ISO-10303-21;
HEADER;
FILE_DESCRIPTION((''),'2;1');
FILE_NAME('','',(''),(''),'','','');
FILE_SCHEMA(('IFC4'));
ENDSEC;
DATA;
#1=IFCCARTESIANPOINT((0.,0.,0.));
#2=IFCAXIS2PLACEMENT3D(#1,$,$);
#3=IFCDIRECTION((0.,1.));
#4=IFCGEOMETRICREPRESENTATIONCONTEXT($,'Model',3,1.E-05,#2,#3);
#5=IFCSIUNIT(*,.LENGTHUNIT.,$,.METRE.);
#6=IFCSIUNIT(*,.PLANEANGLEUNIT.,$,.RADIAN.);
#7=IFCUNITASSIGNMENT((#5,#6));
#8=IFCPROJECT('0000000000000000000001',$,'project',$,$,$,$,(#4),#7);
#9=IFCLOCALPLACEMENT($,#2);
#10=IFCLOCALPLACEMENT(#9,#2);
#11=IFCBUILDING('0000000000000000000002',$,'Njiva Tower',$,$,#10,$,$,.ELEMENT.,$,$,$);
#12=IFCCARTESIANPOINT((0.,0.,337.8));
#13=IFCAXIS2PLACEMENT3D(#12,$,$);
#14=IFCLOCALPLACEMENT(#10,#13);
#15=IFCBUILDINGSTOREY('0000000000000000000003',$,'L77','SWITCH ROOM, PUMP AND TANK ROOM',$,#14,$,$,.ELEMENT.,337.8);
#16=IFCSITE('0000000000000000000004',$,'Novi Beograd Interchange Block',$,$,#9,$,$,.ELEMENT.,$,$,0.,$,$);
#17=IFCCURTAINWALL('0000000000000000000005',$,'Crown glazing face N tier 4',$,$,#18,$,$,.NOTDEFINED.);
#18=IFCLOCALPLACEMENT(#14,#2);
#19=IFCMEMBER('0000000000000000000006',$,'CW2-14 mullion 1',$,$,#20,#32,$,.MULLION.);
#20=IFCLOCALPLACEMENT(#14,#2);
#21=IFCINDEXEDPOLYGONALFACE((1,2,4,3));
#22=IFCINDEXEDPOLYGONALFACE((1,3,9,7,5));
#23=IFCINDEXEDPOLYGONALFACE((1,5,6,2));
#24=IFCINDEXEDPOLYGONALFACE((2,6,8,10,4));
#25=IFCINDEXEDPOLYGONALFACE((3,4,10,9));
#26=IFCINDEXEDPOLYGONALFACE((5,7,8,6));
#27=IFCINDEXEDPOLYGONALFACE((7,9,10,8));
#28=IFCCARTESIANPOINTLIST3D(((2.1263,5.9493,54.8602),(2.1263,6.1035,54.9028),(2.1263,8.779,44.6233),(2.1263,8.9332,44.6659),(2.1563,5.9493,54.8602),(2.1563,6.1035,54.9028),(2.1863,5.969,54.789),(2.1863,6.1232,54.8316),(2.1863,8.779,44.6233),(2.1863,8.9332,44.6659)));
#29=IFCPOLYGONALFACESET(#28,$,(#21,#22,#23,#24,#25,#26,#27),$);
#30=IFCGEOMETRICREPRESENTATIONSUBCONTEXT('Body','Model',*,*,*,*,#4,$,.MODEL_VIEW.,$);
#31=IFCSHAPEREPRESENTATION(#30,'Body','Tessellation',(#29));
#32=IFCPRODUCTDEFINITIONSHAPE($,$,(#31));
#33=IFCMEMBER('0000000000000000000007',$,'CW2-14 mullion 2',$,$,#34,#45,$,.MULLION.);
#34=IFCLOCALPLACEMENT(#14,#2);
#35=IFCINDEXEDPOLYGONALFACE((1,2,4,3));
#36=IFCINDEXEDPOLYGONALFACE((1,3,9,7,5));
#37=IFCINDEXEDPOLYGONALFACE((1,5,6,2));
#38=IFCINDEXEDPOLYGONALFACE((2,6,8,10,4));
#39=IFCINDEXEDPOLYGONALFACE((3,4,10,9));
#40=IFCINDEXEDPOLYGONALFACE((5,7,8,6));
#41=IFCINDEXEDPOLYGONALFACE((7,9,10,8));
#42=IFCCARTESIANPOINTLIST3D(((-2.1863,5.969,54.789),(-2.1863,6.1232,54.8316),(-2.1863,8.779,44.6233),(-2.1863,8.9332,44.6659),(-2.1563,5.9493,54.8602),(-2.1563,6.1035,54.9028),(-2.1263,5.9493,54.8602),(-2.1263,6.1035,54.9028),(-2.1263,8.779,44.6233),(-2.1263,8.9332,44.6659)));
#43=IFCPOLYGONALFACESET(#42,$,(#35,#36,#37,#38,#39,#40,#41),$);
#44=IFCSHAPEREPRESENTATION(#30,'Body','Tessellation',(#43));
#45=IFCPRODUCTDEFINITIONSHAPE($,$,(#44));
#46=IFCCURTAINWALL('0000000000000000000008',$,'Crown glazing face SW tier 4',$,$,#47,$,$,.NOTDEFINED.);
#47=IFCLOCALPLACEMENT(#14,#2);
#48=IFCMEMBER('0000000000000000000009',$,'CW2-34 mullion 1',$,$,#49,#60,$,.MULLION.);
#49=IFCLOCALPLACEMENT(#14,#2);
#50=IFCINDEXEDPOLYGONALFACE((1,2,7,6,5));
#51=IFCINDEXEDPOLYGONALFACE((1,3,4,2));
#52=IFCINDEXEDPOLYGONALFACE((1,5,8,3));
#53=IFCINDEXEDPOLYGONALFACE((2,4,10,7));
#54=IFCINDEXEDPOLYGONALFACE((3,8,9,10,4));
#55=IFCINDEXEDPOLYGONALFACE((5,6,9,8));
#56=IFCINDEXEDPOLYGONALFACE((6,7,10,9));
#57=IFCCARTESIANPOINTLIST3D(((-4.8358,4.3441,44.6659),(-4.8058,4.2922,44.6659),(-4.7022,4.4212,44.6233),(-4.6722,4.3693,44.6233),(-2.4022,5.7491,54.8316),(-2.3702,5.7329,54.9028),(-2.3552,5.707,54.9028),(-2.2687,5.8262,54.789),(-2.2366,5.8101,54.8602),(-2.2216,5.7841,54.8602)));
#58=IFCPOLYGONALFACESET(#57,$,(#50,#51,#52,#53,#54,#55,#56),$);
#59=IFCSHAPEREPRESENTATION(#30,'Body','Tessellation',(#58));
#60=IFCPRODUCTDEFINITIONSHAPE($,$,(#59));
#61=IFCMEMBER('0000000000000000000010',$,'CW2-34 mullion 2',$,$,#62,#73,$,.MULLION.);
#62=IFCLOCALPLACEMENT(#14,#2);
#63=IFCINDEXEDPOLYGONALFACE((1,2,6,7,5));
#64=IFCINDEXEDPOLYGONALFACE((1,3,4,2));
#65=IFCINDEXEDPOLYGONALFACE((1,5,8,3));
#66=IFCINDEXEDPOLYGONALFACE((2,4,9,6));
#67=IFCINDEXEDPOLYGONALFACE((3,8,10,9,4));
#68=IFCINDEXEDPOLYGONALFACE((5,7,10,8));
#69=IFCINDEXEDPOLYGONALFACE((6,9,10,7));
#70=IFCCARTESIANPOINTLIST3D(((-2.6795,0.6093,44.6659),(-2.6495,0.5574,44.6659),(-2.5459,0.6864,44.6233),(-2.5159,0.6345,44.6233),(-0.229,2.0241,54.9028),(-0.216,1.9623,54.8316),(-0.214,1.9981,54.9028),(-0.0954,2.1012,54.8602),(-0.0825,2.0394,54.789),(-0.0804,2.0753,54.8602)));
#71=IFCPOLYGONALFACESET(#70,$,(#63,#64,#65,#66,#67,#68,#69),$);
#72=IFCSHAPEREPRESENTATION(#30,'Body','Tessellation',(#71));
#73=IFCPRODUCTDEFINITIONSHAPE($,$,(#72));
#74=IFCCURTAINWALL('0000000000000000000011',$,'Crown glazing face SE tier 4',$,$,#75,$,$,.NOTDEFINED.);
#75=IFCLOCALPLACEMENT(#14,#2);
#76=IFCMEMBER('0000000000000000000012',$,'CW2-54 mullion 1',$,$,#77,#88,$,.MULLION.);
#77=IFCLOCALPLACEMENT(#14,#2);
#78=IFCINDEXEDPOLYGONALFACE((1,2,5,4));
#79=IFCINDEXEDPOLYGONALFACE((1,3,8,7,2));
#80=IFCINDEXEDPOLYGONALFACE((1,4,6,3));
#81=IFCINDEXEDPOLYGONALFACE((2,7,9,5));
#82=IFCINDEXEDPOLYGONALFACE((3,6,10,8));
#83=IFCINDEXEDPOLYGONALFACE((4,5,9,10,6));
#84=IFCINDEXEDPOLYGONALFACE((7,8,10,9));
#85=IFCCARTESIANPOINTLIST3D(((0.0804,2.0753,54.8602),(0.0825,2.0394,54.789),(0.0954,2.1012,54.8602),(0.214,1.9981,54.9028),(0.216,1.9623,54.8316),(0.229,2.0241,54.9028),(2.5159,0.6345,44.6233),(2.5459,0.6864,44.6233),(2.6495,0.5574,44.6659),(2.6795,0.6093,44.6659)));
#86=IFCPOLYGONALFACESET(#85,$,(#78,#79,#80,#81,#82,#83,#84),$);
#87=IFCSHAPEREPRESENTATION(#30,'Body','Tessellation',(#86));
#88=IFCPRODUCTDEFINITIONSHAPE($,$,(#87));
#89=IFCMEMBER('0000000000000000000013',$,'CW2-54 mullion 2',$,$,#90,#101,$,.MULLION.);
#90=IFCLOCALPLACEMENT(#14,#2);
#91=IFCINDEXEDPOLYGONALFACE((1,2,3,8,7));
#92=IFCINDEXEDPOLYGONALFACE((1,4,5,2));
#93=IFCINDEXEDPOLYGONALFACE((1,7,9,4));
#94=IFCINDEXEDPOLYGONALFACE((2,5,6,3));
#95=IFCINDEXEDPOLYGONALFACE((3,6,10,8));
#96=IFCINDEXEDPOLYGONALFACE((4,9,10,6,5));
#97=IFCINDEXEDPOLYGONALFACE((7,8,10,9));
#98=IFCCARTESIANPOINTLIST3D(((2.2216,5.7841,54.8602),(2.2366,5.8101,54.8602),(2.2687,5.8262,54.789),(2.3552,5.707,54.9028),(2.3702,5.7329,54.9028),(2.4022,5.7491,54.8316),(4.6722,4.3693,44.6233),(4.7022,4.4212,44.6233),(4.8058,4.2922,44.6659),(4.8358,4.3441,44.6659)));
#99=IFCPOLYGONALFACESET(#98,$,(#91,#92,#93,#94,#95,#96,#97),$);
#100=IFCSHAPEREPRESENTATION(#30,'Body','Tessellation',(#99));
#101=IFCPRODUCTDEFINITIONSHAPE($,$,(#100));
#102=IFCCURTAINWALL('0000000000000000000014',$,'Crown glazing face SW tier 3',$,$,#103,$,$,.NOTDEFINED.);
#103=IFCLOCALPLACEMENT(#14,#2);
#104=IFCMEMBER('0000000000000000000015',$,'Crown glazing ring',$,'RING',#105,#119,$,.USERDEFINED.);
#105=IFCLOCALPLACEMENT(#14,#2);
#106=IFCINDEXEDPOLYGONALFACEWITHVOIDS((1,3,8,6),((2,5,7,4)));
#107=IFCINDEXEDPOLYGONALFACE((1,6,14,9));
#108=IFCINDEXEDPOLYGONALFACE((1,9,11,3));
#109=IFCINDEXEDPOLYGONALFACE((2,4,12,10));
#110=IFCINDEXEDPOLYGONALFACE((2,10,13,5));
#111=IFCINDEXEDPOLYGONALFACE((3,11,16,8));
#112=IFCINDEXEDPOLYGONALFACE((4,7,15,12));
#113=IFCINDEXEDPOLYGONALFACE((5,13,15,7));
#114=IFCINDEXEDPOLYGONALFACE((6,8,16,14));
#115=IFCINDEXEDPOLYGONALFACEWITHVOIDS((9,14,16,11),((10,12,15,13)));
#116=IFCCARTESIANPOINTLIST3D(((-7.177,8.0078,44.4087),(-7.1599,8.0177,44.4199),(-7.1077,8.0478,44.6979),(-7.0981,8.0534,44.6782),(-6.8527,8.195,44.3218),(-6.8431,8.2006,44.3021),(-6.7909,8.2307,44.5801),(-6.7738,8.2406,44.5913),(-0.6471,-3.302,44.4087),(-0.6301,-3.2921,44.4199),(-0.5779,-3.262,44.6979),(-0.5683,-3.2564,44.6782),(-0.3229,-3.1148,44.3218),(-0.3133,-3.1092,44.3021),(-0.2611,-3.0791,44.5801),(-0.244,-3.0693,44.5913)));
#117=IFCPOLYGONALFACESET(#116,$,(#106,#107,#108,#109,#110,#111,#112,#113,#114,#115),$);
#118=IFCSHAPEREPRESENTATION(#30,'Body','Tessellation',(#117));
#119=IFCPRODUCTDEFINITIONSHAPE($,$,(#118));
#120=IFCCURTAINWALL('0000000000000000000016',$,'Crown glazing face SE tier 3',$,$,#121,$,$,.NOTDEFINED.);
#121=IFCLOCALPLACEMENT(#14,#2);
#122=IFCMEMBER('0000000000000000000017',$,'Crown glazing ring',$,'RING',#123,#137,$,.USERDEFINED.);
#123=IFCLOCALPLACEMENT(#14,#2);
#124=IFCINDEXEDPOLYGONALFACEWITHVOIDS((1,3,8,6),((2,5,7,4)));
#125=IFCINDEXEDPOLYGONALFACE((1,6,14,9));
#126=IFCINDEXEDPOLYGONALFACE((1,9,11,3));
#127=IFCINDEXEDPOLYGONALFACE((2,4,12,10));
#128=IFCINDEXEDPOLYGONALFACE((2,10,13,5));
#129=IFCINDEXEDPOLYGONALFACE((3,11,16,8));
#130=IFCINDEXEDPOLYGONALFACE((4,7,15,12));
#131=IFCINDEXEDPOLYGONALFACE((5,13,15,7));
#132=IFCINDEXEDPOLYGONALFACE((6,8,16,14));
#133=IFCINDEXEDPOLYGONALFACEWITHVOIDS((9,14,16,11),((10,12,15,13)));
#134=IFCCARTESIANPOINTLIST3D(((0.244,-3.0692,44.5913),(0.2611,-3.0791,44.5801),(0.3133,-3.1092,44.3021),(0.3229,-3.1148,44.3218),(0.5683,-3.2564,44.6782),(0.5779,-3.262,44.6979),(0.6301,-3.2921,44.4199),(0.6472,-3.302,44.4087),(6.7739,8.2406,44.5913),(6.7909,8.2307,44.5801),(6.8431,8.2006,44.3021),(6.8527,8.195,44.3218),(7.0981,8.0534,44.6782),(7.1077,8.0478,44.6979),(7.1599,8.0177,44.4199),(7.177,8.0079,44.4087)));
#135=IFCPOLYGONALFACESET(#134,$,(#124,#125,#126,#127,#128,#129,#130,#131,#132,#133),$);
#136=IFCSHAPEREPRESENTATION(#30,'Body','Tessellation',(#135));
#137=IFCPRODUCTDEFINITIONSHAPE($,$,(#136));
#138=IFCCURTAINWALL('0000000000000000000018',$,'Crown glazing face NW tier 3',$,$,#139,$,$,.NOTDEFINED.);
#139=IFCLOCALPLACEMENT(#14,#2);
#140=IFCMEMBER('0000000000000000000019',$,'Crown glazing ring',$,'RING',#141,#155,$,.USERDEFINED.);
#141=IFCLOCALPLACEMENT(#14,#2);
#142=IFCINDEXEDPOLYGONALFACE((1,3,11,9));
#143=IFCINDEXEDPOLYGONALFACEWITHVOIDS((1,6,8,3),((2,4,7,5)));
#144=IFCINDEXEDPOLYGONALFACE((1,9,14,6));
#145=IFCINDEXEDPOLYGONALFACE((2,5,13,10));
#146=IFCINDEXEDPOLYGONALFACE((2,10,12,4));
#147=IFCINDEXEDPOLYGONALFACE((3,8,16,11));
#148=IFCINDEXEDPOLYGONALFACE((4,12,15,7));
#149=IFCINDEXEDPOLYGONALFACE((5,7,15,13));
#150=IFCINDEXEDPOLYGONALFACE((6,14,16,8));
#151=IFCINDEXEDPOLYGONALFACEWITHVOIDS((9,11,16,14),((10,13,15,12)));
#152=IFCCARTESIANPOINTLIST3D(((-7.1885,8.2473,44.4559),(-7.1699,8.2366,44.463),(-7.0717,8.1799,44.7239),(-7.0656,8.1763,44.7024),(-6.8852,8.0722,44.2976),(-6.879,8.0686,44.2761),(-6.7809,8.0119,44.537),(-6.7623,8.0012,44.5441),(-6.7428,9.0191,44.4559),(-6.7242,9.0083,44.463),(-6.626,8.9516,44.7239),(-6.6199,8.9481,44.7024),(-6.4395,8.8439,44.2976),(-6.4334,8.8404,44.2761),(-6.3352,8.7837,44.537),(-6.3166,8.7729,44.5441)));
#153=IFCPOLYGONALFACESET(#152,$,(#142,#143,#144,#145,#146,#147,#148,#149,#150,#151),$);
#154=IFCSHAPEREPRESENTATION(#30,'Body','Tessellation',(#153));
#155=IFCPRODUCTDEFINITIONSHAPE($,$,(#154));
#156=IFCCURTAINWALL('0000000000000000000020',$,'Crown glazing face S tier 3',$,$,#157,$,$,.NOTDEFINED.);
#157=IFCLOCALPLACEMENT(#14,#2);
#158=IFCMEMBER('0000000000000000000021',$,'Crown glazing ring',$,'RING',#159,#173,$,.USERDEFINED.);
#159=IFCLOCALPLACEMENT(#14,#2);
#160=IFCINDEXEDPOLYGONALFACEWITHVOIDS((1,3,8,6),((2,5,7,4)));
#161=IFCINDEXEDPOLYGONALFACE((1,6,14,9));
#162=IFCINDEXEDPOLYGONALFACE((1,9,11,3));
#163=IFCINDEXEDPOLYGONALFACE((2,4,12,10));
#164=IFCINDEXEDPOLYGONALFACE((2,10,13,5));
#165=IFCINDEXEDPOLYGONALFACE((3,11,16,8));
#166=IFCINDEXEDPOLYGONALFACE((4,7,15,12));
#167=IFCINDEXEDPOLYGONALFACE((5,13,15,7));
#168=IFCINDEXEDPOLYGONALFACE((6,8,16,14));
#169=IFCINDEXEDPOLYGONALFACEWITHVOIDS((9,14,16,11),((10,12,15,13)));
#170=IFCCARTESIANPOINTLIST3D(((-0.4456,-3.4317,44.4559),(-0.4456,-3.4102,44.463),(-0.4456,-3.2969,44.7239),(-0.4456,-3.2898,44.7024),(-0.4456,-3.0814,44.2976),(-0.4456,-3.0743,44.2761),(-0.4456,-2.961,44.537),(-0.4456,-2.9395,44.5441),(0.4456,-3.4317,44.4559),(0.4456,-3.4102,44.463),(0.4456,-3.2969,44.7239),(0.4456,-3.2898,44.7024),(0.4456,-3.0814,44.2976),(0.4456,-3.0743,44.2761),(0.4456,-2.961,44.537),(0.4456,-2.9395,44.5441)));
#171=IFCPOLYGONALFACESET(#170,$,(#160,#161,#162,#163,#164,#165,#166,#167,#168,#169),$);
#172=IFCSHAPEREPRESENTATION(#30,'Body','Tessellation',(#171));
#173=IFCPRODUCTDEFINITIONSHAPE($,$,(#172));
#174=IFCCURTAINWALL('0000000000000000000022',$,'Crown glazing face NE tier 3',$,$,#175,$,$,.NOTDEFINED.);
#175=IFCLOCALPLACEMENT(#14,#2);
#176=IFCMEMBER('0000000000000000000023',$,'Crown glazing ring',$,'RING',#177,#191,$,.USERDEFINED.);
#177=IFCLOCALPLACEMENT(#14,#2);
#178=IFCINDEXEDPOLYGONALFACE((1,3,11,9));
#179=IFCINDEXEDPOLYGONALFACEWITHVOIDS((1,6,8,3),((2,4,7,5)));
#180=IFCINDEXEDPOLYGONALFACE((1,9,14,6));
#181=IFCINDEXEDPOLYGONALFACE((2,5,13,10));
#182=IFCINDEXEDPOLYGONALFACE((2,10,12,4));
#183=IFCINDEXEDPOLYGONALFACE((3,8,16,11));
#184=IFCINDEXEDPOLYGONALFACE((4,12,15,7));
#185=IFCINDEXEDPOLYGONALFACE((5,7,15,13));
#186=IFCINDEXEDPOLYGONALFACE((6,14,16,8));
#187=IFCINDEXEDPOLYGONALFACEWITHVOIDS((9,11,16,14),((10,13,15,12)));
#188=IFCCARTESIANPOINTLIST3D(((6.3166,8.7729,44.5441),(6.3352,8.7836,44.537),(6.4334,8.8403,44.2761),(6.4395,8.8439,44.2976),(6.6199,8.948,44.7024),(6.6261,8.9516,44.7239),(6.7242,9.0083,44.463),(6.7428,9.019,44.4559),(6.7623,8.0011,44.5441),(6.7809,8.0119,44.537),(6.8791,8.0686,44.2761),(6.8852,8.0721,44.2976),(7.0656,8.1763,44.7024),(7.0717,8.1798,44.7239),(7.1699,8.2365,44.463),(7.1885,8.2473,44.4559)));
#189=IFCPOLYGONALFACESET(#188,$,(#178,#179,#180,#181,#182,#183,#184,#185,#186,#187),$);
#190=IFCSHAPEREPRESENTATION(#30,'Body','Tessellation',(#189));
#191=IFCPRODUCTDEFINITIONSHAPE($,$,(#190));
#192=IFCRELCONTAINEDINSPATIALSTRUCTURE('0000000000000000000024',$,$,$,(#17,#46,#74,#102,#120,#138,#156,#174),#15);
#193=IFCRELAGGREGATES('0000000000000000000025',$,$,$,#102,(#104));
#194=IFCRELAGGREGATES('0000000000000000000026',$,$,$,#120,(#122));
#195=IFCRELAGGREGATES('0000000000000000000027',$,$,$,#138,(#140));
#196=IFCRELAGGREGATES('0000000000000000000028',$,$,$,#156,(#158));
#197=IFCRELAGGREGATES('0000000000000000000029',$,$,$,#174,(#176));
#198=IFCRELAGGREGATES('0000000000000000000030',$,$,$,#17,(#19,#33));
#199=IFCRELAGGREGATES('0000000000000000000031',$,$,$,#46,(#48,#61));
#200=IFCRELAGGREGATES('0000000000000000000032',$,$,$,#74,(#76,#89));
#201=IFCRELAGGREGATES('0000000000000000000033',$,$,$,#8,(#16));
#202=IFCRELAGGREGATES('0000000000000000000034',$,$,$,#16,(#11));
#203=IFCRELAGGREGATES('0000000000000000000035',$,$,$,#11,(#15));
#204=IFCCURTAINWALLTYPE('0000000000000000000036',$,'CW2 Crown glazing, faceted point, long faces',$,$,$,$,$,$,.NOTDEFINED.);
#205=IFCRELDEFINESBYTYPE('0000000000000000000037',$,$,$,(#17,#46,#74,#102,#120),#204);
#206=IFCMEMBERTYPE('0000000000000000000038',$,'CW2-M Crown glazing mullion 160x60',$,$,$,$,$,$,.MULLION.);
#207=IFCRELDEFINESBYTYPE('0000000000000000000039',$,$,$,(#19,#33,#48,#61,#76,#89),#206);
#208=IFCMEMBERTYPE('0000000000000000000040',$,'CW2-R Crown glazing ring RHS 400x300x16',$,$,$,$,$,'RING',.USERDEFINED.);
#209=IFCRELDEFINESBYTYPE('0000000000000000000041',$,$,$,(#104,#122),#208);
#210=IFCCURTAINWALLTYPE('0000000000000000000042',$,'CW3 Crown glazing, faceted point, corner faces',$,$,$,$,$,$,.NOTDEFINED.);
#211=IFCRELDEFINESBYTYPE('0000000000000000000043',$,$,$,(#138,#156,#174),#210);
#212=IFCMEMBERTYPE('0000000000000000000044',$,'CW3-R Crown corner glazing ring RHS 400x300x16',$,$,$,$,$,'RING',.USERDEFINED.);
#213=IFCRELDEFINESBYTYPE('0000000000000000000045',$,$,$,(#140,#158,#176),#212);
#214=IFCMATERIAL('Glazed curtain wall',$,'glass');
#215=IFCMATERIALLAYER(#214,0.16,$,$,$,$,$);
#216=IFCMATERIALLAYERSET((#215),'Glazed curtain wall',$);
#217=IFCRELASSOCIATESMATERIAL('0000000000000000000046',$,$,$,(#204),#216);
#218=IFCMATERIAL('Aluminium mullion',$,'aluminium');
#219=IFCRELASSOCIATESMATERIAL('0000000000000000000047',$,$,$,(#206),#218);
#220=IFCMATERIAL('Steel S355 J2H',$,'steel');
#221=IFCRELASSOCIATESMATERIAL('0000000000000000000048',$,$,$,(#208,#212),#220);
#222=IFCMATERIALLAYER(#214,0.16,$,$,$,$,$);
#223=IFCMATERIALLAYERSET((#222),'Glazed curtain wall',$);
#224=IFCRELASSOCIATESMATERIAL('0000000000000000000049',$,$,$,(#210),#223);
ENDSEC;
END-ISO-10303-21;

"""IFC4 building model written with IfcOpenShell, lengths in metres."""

from ifc_helpers import new_model, si_unit, direction, frame, origin, origin_2d, place, context, subcontext, project, spatial, rectangle, hollow_rectangle, extrude, clip, halfspace, material, layer, layer_set, material_profile, profile_set, type_object, element, aggregate, save


model = new_model("IFC4")

# Units and contexts
model_context = context("Model", 3, precision=1e-05, world=origin(), true_north=direction((0.0, 1.0)))
body_context = subcontext(model_context, "Body", "Model", "MODEL_VIEW")
ifc_project = project(units=[si_unit("LENGTHUNIT", "METRE"), si_unit("PLANEANGLEUNIT", "RADIAN")], contexts=[model_context])

# Site, building, storey
site_placement = place(None, origin())
site = spatial("IfcSite", under=ifc_project, at=site_placement, Name="Novi Beograd Interchange Block", CompositionType="ELEMENT", RefElevation=0.0)
building_placement = place(site_placement, origin())
building = spatial("IfcBuilding", under=site, at=building_placement, Name="Njiva Tower", CompositionType="ELEMENT")
storey_placement = place(building_placement, frame((0.0, 0.0, 337.8)))
storey = spatial("IfcBuildingStorey", under=building, at=storey_placement, Name="L77", Description="SWITCH ROOM, PUMP AND TANK ROOM", CompositionType="ELEMENT", Elevation=337.8)

# Curtain walls, members
ifc_material_1 = material(Name="Glazed curtain wall", Category="glass")
ifc_layer_1 = layer(ifc_material_1, 0.16)
ifc_layer_set_1 = layer_set([ifc_layer_1], Name="Glazed curtain wall")
curtain_wall_type_1 = type_object("IfcCurtainWallType", Name="CW2 Crown glazing, faceted point, long faces", PredefinedType="NOTDEFINED", material=ifc_layer_set_1)
curtain_wall_1_placement = place(storey_placement, origin())
curtain_wall_1 = element("IfcCurtainWall", 1, at=curtain_wall_1_placement, inside=storey, type_object=curtain_wall_type_1, Name="Crown glazing face N tier 4", PredefinedType="NOTDEFINED")
ifc_material_2 = material(Name="Aluminium mullion", Category="aluminium")
ifc_material_profile_1 = material_profile(ifc_material_2, rectangle(XDim=0.16, YDim=0.06, at=origin_2d()), Name="RECT 160x60")
ifc_profile_set_1 = profile_set([ifc_material_profile_1], Name="Aluminium mullion")
member_type_1 = type_object("IfcMemberType", Name="CW2-M Crown glazing mullion 160x60", PredefinedType="MULLION", material=ifc_profile_set_1)
member_1_placement = place(storey_placement, frame((2.1563, 8.8561, 44.6446), z_axis=(0.0, -0.26643, 0.963854), x_axis=(0.0, 0.963854, 0.26643)))
member_1 = element("IfcMember", 2, at=member_1_placement, type_object=member_type_1, Name="CW2-14 mullion 1", PredefinedType="MULLION", context=body_context, shape_type="Clipping", body=[
    clip(clip(extrude(rectangle(XDim=0.16, YDim=0.06, at=origin_2d()), origin(), (0.0, 0.0, 1.0), 10.6208), halfspace(frame((0.08, 0.0, 0.0), z_axis=(-0.000002, 0.0, -1.0), x_axis=(0.0, -1.0, 0.0)), False)), halfspace(frame((0.08, 0.0, 10.6208), z_axis=(0.000001, -0.926532, 0.376215), x_axis=(0.0, 0.376215, 0.926532)), False)),
])
member_2_placement = place(storey_placement, frame((-2.1563, 8.8561, 44.6446), z_axis=(0.0, -0.26643, 0.963854), x_axis=(0.0, 0.963854, 0.26643)))
member_2 = element("IfcMember", 3, at=member_2_placement, type_object=member_type_1, Name="CW2-14 mullion 2", PredefinedType="MULLION", context=body_context, shape_type="Clipping", body=[
    clip(clip(extrude(rectangle(XDim=0.16, YDim=0.06, at=origin_2d()), origin(), (0.0, 0.0, 1.0), 10.6208), halfspace(frame((0.08, 0.0, 0.0), z_axis=(-0.000002, 0.0, -1.0), x_axis=(0.0, -1.0, 0.0)), False)), halfspace(frame((0.08, 0.0, 10.6208), z_axis=(0.000001, 0.926532, 0.376215), x_axis=(0.0, 0.376215, -0.926532)), False)),
])
curtain_wall_2_placement = place(storey_placement, origin())
curtain_wall_2 = element("IfcCurtainWall", 4, at=curtain_wall_2_placement, inside=storey, type_object=curtain_wall_type_1, Name="Crown glazing face SW tier 4", PredefinedType="NOTDEFINED")
member_3_placement = place(storey_placement, frame((-4.754, 4.3567, 44.6446), z_axis=(0.230736, 0.13321, 0.963855), x_axis=(-0.834731, -0.481913, 0.266429)))
member_3 = element("IfcMember", 5, at=member_3_placement, type_object=member_type_1, Name="CW2-34 mullion 1", PredefinedType="MULLION", context=body_context, shape_type="Clipping", body=[
    clip(clip(extrude(rectangle(XDim=0.16, YDim=0.06, at=origin_2d()), origin(), (0.0, 0.0, 1.0), 10.6208), halfspace(frame((0.08, 0.0, 0.0), z_axis=(0.0, 0.000004, -1.0), x_axis=(0.0, -1.0, -0.000004)), False)), halfspace(frame((0.08, 0.0, 10.6208), z_axis=(0.000015, -0.926534, 0.376211), x_axis=(0.0, 0.376211, 0.926534)), False)),
])
member_4_placement = place(storey_placement, frame((-2.5977, 0.6219, 44.6446), z_axis=(0.230727, 0.133211, 0.963857), x_axis=(-0.834724, -0.481929, 0.266421)))
member_4 = element("IfcMember", 6, at=member_4_placement, type_object=member_type_1, Name="CW2-34 mullion 2", PredefinedType="MULLION", context=body_context, shape_type="Clipping", body=[
    clip(clip(extrude(rectangle(XDim=0.16, YDim=0.06, at=origin_2d()), origin(), (0.0, 0.0, 1.0), 10.6208), halfspace(frame((0.08, 0.0, 0.0), z_axis=(0.000008, 0.0, -1.0), x_axis=(0.0, -1.0, 0.0)), False)), halfspace(frame((0.08, 0.0, 10.6208), z_axis=(-0.000002, 0.926532, 0.376215), x_axis=(0.0, 0.376215, -0.926532)), False)),
])
curtain_wall_3_placement = place(storey_placement, origin())
curtain_wall_3 = element("IfcCurtainWall", 7, at=curtain_wall_3_placement, inside=storey, type_object=curtain_wall_type_1, Name="Crown glazing face SE tier 4", PredefinedType="NOTDEFINED")
member_5_placement = place(storey_placement, frame((2.5977, 0.6219, 44.6446), z_axis=(-0.230727, 0.133211, 0.963857), x_axis=(0.834724, -0.481929, 0.266421)))
member_5 = element("IfcMember", 8, at=member_5_placement, type_object=member_type_1, Name="CW2-54 mullion 1", PredefinedType="MULLION", context=body_context, shape_type="Clipping", body=[
    clip(clip(extrude(rectangle(XDim=0.16, YDim=0.06, at=origin_2d()), origin(), (0.0, 0.0, 1.0), 10.6208), halfspace(frame((0.08, 0.0, 0.0), z_axis=(0.000008, 0.0, -1.0), x_axis=(0.0, -1.0, 0.0)), False)), halfspace(frame((0.08, 0.0, 10.6208), z_axis=(-0.000002, -0.926532, 0.376215), x_axis=(0.0, 0.376215, 0.926532)), False)),
])
member_6_placement = place(storey_placement, frame((4.754, 4.3567, 44.6446), z_axis=(-0.230736, 0.13321, 0.963855), x_axis=(0.834731, -0.481913, 0.266429)))
member_6 = element("IfcMember", 9, at=member_6_placement, type_object=member_type_1, Name="CW2-54 mullion 2", PredefinedType="MULLION", context=body_context, shape_type="Clipping", body=[
    clip(clip(extrude(rectangle(XDim=0.16, YDim=0.06, at=origin_2d()), origin(), (0.0, 0.0, 1.0), 10.6208), halfspace(frame((0.08, 0.0, 0.0), z_axis=(0.0, -0.000004, -1.0), x_axis=(0.0, -1.0, 0.000004)), False)), halfspace(frame((0.08, 0.0, 10.6208), z_axis=(0.000015, 0.926534, 0.376211), x_axis=(0.0, 0.376211, -0.926534)), False)),
])

# Curtain walls, members
curtain_wall_4_placement = place(storey_placement, origin())
curtain_wall_4 = element("IfcCurtainWall", 10, at=curtain_wall_4_placement, inside=storey, type_object=curtain_wall_type_1, Name="Crown glazing face SW tier 3", PredefinedType="NOTDEFINED")
ifc_material_3 = material(Name="Steel S355 J2H", Category="steel")
ifc_material_profile_2 = material_profile(ifc_material_3, hollow_rectangle(XDim=0.3, YDim=0.4, WallThickness=0.016, at=origin_2d()), Name="BOX 400x300x16")
ifc_profile_set_2 = profile_set([ifc_material_profile_2], Name="Steel S355 J2H")
member_type_2 = type_object("IfcMemberType", Name="CW2-R Crown glazing ring RHS 400x300x16", ElementType="RING", PredefinedType="USERDEFINED", material=ifc_profile_set_2)
member_7_placement = place(storey_placement, frame((-6.9754, 8.1242, 44.5), z_axis=(0.500005, -0.866023, 0.0), x_axis=(0.230733, 0.133216, 0.963855)))
member_7 = element("IfcMember", 11, at=member_7_placement, type_object=member_type_2, Name="Crown glazing ring", ObjectType="RING", PredefinedType="USERDEFINED", context=body_context, shape_type="SweptSolid", body=[
    extrude(hollow_rectangle(XDim=0.3, YDim=0.4, WallThickness=0.016, at=origin_2d()), origin(), (0.0, 0.0, 1.0), 13.0595),
])
aggregate(curtain_wall_4, [member_7])
curtain_wall_5_placement = place(storey_placement, origin())
curtain_wall_5 = element("IfcCurtainWall", 12, at=curtain_wall_5_placement, inside=storey, type_object=curtain_wall_type_1, Name="Crown glazing face SE tier 3", PredefinedType="NOTDEFINED")
member_8_placement = place(storey_placement, frame((0.4456, -3.1856, 44.5), z_axis=(0.500005, 0.866023, 0.0), x_axis=(-0.230733, 0.133216, 0.963855)))
member_8 = element("IfcMember", 13, at=member_8_placement, type_object=member_type_2, Name="Crown glazing ring", ObjectType="RING", PredefinedType="USERDEFINED", context=body_context, shape_type="SweptSolid", body=[
    extrude(hollow_rectangle(XDim=0.3, YDim=0.4, WallThickness=0.016, at=origin_2d()), origin(), (0.0, 0.0, 1.0), 13.0595),
])
aggregate(curtain_wall_5, [member_8])
ifc_layer_2 = layer(ifc_material_1, 0.16)
ifc_layer_set_2 = layer_set([ifc_layer_2], Name="Glazed curtain wall")
curtain_wall_type_2 = type_object("IfcCurtainWallType", Name="CW3 Crown glazing, faceted point, corner faces", PredefinedType="NOTDEFINED", material=ifc_layer_set_2)
curtain_wall_6_placement = place(storey_placement, origin())
curtain_wall_6 = element("IfcCurtainWall", 14, at=curtain_wall_6_placement, inside=storey, type_object=curtain_wall_type_2, Name="Crown glazing face NW tier 3", PredefinedType="NOTDEFINED")
ifc_material_profile_3 = material_profile(ifc_material_3, hollow_rectangle(XDim=0.3, YDim=0.4, WallThickness=0.016, at=origin_2d()), Name="BOX 400x300x16")
ifc_profile_set_3 = profile_set([ifc_material_profile_3], Name="Steel S355 J2H")
member_type_3 = type_object("IfcMemberType", Name="CW3-R Crown corner glazing ring RHS 400x300x16", ElementType="RING", PredefinedType="USERDEFINED", material=ifc_profile_set_3)
member_9_placement = place(storey_placement, frame((-6.5297, 8.896, 44.5), z_axis=(-0.500085, -0.865976, 0.0), x_axis=(0.389159, -0.224732, 0.893337)))
member_9 = element("IfcMember", 15, at=member_9_placement, type_object=member_type_3, Name="Crown glazing ring", ObjectType="RING", PredefinedType="USERDEFINED", context=body_context, shape_type="SweptSolid", body=[
    extrude(hollow_rectangle(XDim=0.3, YDim=0.4, WallThickness=0.016, at=origin_2d()), origin(), (0.0, 0.0, 1.0), 0.8912),
])
aggregate(curtain_wall_6, [member_9])
curtain_wall_7_placement = place(storey_placement, origin())
curtain_wall_7 = element("IfcCurtainWall", 16, at=curtain_wall_7_placement, inside=storey, type_object=curtain_wall_type_2, Name="Crown glazing face S tier 3", PredefinedType="NOTDEFINED")
member_10_placement = place(storey_placement, frame((-0.4456, -3.1856, 44.5), z_axis=(1.0, 0.0, 0.0), x_axis=(0.0, 0.449387, 0.893337)))
member_10 = element("IfcMember", 17, at=member_10_placement, type_object=member_type_3, Name="Crown glazing ring", ObjectType="RING", PredefinedType="USERDEFINED", context=body_context, shape_type="SweptSolid", body=[
    extrude(hollow_rectangle(XDim=0.3, YDim=0.4, WallThickness=0.016, at=origin_2d()), origin(), (0.0, 0.0, 1.0), 0.8912),
])
aggregate(curtain_wall_7, [member_10])
curtain_wall_8_placement = place(storey_placement, origin())
curtain_wall_8 = element("IfcCurtainWall", 18, at=curtain_wall_8_placement, inside=storey, type_object=curtain_wall_type_2, Name="Crown glazing face NE tier 3", PredefinedType="NOTDEFINED")
member_11_placement = place(storey_placement, frame((6.9754, 8.1242, 44.5), z_axis=(-0.500085, 0.865976, 0.0), x_axis=(-0.389159, -0.224732, 0.893337)))
member_11 = element("IfcMember", 19, at=member_11_placement, type_object=member_type_3, Name="Crown glazing ring", ObjectType="RING", PredefinedType="USERDEFINED", context=body_context, shape_type="SweptSolid", body=[
    extrude(hollow_rectangle(XDim=0.3, YDim=0.4, WallThickness=0.016, at=origin_2d()), origin(), (0.0, 0.0, 1.0), 0.8912),
])
aggregate(curtain_wall_8, [member_11])

aggregate(curtain_wall_1, [member_1, member_2])
aggregate(curtain_wall_2, [member_3, member_4])
aggregate(curtain_wall_3, [member_5, member_6])

save(model, "model.ifc")
